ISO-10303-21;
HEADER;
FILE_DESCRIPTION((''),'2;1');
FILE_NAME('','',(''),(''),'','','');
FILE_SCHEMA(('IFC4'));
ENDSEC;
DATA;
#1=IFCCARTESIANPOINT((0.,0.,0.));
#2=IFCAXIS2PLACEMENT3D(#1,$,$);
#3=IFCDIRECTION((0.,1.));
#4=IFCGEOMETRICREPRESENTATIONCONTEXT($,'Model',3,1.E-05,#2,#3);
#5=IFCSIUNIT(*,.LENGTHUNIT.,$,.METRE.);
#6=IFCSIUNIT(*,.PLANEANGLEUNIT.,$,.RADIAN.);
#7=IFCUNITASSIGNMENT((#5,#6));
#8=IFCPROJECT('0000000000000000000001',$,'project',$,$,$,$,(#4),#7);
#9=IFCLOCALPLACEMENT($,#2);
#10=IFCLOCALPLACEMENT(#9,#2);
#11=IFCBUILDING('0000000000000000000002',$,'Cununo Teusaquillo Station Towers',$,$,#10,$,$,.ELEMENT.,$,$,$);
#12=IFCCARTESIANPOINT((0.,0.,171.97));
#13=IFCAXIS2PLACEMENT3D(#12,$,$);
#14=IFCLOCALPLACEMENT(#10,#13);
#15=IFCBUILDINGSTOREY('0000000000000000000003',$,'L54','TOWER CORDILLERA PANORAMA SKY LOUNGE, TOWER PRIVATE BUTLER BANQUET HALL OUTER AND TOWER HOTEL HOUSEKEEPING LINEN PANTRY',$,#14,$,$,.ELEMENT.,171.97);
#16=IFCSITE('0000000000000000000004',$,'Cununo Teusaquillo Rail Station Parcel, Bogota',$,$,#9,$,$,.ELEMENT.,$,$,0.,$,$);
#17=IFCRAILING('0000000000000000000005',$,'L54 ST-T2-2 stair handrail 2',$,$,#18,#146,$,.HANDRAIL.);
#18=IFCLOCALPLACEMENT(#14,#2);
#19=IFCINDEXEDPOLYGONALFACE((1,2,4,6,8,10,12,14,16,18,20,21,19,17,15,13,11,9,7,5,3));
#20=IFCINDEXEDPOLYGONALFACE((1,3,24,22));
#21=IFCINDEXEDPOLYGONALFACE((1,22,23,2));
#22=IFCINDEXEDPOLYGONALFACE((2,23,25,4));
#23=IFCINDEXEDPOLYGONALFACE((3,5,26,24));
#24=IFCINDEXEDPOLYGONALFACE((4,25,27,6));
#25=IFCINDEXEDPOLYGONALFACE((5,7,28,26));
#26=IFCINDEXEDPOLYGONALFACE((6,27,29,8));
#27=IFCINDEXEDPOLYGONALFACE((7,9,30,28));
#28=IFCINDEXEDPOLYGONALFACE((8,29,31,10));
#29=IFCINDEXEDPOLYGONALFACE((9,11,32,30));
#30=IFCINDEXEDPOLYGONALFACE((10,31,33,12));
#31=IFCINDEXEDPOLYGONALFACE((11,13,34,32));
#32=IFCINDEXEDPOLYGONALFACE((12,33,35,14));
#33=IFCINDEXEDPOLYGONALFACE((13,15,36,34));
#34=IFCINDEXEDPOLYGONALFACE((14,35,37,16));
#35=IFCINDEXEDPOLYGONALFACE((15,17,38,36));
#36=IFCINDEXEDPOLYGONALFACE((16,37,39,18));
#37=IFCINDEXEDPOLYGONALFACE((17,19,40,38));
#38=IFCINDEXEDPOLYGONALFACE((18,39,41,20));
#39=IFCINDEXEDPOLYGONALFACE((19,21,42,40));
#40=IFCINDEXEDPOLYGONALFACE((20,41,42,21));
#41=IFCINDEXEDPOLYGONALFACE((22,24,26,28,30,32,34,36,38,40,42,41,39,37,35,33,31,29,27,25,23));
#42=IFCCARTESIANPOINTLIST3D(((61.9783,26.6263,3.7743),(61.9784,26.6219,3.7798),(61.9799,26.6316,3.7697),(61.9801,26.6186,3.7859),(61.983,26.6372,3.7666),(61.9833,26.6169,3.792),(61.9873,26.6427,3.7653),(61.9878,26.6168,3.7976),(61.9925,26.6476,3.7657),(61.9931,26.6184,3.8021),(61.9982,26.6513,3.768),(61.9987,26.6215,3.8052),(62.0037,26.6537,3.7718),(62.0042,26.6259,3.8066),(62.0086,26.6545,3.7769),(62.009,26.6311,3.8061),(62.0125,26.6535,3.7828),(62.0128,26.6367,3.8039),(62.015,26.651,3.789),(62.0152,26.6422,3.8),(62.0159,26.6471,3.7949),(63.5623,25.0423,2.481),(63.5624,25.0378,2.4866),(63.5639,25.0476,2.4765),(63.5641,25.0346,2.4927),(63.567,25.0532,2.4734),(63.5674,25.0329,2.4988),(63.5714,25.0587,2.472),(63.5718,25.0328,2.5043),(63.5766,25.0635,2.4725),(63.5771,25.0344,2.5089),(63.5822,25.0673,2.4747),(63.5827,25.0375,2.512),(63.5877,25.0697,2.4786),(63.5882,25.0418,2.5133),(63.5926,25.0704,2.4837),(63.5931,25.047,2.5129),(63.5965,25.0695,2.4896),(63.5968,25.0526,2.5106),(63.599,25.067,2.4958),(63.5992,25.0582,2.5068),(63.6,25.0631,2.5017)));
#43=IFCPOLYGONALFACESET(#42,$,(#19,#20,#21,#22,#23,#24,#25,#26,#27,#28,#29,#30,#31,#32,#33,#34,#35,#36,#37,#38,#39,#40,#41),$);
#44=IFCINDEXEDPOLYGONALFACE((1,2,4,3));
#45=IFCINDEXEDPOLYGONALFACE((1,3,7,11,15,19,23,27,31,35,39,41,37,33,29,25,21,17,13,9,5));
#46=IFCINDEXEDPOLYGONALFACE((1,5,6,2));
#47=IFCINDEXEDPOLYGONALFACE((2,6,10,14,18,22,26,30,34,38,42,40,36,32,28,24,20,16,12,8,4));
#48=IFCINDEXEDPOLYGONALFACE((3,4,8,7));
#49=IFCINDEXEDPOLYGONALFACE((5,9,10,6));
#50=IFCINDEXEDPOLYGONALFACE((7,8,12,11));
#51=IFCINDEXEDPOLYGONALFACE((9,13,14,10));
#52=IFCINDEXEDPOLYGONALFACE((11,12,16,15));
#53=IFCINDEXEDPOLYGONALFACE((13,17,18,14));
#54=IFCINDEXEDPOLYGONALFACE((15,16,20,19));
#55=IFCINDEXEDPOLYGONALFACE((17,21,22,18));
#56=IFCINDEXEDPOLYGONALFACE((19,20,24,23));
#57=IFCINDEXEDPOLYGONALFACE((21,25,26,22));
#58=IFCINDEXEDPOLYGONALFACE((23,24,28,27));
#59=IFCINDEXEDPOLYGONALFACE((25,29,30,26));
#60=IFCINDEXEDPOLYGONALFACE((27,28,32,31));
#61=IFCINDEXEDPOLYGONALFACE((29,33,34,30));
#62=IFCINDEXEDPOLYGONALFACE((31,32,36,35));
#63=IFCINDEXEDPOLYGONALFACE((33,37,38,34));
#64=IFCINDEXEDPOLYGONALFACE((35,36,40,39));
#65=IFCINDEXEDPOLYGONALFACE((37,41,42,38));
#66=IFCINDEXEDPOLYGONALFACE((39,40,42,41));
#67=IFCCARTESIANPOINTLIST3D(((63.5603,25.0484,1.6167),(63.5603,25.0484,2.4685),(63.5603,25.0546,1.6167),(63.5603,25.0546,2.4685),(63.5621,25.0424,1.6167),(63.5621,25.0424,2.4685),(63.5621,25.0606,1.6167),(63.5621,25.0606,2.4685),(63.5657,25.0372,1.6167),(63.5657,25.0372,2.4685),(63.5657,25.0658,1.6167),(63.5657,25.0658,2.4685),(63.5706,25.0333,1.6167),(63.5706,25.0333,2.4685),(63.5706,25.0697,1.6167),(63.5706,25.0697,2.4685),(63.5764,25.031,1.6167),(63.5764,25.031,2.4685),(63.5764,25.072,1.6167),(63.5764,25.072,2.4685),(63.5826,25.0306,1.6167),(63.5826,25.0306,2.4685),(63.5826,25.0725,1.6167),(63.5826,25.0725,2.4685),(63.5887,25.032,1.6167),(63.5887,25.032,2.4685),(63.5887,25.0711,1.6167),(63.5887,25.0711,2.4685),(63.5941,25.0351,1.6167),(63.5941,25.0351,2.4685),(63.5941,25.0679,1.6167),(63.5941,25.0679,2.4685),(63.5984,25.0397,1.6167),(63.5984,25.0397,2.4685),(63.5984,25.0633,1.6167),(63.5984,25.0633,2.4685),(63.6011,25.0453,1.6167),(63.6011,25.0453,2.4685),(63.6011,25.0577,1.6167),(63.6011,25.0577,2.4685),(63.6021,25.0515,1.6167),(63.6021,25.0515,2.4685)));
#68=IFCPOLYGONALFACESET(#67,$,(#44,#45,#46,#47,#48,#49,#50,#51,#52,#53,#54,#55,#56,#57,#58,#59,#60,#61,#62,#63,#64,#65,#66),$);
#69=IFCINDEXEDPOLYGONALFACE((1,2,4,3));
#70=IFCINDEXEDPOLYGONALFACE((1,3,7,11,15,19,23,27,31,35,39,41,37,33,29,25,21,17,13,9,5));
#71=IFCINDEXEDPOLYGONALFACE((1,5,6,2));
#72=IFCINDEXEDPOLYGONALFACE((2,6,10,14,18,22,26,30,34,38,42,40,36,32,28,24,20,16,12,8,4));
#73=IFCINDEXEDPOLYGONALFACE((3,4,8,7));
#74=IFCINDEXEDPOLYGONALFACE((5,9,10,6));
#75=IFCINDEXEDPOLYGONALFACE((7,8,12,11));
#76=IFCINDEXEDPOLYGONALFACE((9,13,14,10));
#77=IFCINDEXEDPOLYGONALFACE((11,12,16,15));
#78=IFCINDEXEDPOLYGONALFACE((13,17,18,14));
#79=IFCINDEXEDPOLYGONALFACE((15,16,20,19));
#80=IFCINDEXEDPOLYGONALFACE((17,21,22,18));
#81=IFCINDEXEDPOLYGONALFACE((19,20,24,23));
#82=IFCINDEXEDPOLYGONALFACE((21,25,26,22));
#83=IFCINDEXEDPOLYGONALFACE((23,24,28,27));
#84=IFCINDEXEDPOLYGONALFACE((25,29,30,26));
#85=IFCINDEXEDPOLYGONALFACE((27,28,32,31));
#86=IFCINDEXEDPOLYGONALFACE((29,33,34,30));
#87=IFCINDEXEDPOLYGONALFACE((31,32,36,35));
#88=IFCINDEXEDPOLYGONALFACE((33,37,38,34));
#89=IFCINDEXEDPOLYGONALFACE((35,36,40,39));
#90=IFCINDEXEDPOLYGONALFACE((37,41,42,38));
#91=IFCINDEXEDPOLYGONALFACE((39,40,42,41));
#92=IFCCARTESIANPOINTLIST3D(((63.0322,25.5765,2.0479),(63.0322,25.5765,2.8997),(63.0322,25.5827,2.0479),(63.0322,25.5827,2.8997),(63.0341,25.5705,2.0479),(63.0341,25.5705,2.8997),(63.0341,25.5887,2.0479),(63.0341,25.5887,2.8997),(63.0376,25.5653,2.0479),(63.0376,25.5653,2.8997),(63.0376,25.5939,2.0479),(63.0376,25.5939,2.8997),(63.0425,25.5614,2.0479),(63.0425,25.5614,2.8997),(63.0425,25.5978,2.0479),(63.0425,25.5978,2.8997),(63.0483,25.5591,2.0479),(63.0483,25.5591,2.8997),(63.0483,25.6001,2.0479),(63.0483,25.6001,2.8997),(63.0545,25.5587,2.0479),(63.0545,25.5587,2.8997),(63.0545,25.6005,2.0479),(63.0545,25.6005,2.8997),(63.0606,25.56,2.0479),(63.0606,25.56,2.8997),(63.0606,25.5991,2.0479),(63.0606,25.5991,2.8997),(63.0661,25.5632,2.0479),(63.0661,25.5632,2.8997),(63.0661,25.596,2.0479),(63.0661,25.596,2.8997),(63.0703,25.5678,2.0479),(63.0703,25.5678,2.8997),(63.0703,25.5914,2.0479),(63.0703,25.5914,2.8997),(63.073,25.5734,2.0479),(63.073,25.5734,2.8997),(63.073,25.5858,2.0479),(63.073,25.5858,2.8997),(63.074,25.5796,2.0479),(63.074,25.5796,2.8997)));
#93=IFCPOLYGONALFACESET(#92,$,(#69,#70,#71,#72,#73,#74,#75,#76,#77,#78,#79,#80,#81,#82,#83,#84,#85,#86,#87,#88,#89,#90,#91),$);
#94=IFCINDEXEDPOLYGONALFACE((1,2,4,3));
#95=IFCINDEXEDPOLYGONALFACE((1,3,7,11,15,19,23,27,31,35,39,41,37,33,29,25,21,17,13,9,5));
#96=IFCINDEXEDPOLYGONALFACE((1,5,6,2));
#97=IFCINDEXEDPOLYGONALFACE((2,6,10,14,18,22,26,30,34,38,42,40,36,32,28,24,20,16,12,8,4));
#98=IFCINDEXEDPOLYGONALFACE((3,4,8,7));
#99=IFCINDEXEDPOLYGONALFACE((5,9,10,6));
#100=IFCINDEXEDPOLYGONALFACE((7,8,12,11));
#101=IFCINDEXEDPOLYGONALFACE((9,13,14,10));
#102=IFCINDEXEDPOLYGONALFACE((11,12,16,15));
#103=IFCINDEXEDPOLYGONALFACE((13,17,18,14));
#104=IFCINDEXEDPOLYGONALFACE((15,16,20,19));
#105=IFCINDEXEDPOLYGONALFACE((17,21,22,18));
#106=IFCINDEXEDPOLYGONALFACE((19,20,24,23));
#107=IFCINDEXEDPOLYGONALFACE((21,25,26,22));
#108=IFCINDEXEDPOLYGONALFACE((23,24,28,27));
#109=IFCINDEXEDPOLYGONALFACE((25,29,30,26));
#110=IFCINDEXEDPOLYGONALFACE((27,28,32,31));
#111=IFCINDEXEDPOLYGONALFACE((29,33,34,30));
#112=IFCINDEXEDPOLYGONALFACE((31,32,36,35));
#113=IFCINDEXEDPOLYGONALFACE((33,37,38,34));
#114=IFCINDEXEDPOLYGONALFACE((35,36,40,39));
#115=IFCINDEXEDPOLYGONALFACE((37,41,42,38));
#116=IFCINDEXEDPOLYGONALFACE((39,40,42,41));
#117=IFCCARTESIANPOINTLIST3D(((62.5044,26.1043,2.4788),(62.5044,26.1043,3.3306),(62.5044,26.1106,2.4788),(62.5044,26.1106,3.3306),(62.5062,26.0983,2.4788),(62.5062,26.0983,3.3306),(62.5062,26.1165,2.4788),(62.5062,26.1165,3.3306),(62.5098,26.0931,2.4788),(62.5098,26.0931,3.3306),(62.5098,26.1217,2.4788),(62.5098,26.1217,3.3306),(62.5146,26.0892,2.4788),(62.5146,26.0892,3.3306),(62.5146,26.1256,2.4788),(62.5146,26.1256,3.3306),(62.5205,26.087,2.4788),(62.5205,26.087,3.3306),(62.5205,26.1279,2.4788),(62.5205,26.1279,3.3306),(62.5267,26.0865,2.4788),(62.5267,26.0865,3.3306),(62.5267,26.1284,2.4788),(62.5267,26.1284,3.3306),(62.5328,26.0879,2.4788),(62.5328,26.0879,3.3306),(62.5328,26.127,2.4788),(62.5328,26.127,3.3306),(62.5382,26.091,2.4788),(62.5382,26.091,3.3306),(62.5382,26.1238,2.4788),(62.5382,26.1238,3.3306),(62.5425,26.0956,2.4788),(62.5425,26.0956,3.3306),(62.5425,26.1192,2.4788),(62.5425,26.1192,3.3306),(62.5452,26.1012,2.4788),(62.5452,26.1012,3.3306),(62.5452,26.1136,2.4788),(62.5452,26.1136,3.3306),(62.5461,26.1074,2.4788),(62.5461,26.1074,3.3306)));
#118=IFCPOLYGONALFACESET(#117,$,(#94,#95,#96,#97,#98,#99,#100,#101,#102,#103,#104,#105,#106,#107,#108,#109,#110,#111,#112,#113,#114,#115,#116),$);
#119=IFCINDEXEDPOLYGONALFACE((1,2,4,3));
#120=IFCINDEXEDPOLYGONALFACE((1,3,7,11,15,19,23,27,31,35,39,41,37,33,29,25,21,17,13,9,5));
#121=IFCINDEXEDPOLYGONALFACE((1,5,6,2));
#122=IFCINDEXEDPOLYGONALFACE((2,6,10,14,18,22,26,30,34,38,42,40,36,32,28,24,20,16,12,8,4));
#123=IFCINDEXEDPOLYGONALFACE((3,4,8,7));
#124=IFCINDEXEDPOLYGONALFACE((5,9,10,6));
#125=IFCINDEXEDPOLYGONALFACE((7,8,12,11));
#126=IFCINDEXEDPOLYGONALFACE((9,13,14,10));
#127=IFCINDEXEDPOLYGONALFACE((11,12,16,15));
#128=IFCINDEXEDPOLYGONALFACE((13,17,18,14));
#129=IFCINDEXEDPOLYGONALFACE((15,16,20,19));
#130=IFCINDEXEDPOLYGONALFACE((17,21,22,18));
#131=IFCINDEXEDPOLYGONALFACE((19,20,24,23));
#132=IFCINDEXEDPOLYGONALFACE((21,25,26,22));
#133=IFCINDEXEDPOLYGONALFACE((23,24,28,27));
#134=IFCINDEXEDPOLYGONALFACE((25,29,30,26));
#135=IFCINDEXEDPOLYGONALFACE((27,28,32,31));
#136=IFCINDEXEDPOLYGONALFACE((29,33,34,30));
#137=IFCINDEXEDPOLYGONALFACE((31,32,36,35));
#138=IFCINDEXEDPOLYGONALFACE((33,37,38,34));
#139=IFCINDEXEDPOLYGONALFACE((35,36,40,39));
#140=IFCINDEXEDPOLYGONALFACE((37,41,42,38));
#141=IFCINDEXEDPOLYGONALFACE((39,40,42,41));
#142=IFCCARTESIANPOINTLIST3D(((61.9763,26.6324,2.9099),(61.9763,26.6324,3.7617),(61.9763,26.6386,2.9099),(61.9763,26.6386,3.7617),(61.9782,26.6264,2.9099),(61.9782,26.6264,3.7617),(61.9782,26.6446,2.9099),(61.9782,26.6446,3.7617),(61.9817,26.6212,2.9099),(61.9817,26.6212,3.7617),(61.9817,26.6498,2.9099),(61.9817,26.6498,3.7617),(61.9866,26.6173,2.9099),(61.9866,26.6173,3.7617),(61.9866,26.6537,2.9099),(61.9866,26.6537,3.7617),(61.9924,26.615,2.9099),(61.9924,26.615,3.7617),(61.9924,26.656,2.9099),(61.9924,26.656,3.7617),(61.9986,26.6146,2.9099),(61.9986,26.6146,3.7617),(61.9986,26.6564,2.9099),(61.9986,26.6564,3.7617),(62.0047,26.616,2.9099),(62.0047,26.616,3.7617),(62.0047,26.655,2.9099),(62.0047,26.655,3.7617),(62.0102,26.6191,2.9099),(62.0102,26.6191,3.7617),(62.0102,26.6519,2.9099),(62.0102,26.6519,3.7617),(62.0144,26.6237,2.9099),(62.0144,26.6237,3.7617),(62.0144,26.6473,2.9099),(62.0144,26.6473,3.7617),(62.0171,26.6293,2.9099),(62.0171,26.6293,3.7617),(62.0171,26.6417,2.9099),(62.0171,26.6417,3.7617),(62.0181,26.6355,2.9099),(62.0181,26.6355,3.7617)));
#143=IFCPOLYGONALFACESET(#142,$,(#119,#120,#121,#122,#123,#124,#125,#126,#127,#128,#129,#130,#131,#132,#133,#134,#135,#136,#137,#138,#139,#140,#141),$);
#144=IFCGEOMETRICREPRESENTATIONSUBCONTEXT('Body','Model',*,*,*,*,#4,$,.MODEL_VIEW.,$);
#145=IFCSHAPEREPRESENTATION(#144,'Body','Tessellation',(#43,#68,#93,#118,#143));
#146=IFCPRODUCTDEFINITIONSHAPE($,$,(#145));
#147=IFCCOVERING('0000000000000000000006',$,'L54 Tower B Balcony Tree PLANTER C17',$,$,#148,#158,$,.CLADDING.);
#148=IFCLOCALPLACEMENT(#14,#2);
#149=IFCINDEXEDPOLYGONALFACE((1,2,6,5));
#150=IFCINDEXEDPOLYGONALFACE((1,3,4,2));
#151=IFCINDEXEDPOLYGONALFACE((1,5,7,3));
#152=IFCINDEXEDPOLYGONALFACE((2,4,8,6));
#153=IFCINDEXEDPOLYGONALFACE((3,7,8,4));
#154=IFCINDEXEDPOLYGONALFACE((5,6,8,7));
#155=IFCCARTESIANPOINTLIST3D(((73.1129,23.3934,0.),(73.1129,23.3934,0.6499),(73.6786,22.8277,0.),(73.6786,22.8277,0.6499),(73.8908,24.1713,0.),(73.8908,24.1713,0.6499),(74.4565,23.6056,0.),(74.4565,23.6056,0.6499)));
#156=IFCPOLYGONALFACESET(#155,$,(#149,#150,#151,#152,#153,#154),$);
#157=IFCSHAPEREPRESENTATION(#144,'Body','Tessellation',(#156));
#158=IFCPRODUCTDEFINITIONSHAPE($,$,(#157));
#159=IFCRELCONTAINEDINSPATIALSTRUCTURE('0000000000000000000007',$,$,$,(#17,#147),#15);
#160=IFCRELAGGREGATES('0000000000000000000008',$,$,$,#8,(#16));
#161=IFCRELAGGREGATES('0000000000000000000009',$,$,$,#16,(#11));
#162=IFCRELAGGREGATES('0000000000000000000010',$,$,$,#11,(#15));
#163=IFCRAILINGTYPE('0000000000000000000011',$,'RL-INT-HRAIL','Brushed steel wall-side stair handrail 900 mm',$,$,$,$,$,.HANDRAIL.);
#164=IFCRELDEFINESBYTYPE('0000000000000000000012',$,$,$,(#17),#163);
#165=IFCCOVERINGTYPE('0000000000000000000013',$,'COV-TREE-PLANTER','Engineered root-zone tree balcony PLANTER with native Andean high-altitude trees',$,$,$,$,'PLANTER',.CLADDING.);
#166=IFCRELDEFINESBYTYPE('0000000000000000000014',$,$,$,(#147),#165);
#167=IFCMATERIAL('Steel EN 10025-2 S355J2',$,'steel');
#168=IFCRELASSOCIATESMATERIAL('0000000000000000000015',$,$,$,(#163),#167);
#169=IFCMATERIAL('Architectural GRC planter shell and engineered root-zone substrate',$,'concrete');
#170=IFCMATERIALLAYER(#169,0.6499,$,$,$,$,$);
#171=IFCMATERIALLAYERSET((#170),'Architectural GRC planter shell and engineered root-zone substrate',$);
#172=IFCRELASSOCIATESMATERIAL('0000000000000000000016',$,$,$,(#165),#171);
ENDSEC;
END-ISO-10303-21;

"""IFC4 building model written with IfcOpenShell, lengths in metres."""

from ifc_helpers import new_model, si_unit, direction, frame, origin, origin_2d, place, context, subcontext, project, spatial, rectangle, circle, extrude, source, transform, mapped, material, layer, layer_set, type_object, element, save


model = new_model("IFC4")

# Units and contexts
model_context = context("Model", 3, precision=1e-05, world=origin(), true_north=direction((0.0, 1.0)))
body_context = subcontext(model_context, "Body", "Model", "MODEL_VIEW")
ifc_project = project(units=[si_unit("LENGTHUNIT", "METRE"), si_unit("PLANEANGLEUNIT", "RADIAN")], contexts=[model_context])

# Site, building, storey
site_placement = place(None, origin())
site = spatial("IfcSite", under=ifc_project, at=site_placement, Name="Cununo Teusaquillo Rail Station Parcel, Bogota", CompositionType="ELEMENT", RefElevation=0.0)
building_placement = place(site_placement, origin())
building = spatial("IfcBuilding", under=site, at=building_placement, Name="Cununo Teusaquillo Station Towers", CompositionType="ELEMENT")
storey_placement = place(building_placement, frame((0.0, 0.0, 171.97)))
storey = spatial("IfcBuildingStorey", under=building, at=storey_placement, Name="L54", Description="TOWER CORDILLERA PANORAMA SKY LOUNGE, TOWER PRIVATE BUTLER BANQUET HALL OUTER AND TOWER HOTEL HOUSEKEEPING LINEN PANTRY", CompositionType="ELEMENT", Elevation=171.97)

# Railing
ifc_material_1 = material(Name="Steel EN 10025-2 S355J2", Category="steel")
railing_type_1 = type_object("IfcRailingType", Name="RL-INT-HRAIL", Description="Brushed steel wall-side stair handrail 900 mm", PredefinedType="HANDRAIL", material=ifc_material_1)
railing_1_placement = place(storey_placement, frame((63.5811, 25.0515, 1.6167)))
element("IfcRailing", 1, at=railing_1_placement, inside=storey, type_object=railing_type_1, Name="L54 ST-T2-2 stair handrail 2", PredefinedType="HANDRAIL", context=body_context, shape_type="SweptSolid", body=[
    extrude(circle(Radius=0.0239, at=origin_2d()), frame((0.0, 0.0, 0.876), z_axis=(-0.612385, 0.612385, 0.49997), x_axis=(-0.707107, -0.707107, 0.0)), (0.0, 0.0, 1.0), 2.5867),
    extrude(circle(Radius=0.021, at=origin_2d()), origin(), (0.0, 0.0, 1.0), 0.8518),
    extrude(circle(Radius=0.021, at=origin_2d()), frame((-0.5281, 0.5281, 0.4312)), (0.0, 0.0, 1.0), 0.8518),
    extrude(circle(Radius=0.021, at=origin_2d()), frame((-1.0559, 1.0559, 0.8621)), (0.0, 0.0, 1.0), 0.8518),
    extrude(circle(Radius=0.021, at=origin_2d()), frame((-1.584, 1.584, 1.2932)), (0.0, 0.0, 1.0), 0.8518),
])

# Covering
ifc_material_2 = material(Name="Architectural GRC planter shell and engineered root-zone substrate", Category="concrete")
ifc_layer_1 = layer(ifc_material_2, 0.6499)
ifc_layer_set_1 = layer_set([ifc_layer_1], Name="Architectural GRC planter shell and engineered root-zone substrate")
covering_type = type_object("IfcCoveringType", Name="COV-TREE-PLANTER", Description="Engineered root-zone tree balcony PLANTER with native Andean high-altitude trees", ElementType="PLANTER", PredefinedType="CLADDING", material=ifc_layer_set_1)
shared_shape_1 = source(origin(), body_context, "Body", "SweptSolid", [
    extrude(rectangle(XDim=1.1001, YDim=0.8, at=origin_2d()), origin(), (0.0, 0.0, 1.0), 0.6499),
])
covering_placement = place(storey_placement, frame((73.7847, 23.4995, 0.0), z_axis=(0.0, 0.0, 1.0), x_axis=(0.707107, 0.707107, 0.0)))
element("IfcCovering", 2, at=covering_placement, inside=storey, type_object=covering_type, Name="L54 Tower B Balcony Tree PLANTER C17", PredefinedType="CLADDING", context=body_context, shape_type="MappedRepresentation", body=[
    mapped(shared_shape_1, transform((0.0, 0.0, 0.0), x_axis=(1.0, 0.0, 0.0), y_axis=(0.0, 1.0, 0.0), z_axis=(0.0, 0.0, 1.0), scale=1.0)),
])

save(model, "model.ifc")
